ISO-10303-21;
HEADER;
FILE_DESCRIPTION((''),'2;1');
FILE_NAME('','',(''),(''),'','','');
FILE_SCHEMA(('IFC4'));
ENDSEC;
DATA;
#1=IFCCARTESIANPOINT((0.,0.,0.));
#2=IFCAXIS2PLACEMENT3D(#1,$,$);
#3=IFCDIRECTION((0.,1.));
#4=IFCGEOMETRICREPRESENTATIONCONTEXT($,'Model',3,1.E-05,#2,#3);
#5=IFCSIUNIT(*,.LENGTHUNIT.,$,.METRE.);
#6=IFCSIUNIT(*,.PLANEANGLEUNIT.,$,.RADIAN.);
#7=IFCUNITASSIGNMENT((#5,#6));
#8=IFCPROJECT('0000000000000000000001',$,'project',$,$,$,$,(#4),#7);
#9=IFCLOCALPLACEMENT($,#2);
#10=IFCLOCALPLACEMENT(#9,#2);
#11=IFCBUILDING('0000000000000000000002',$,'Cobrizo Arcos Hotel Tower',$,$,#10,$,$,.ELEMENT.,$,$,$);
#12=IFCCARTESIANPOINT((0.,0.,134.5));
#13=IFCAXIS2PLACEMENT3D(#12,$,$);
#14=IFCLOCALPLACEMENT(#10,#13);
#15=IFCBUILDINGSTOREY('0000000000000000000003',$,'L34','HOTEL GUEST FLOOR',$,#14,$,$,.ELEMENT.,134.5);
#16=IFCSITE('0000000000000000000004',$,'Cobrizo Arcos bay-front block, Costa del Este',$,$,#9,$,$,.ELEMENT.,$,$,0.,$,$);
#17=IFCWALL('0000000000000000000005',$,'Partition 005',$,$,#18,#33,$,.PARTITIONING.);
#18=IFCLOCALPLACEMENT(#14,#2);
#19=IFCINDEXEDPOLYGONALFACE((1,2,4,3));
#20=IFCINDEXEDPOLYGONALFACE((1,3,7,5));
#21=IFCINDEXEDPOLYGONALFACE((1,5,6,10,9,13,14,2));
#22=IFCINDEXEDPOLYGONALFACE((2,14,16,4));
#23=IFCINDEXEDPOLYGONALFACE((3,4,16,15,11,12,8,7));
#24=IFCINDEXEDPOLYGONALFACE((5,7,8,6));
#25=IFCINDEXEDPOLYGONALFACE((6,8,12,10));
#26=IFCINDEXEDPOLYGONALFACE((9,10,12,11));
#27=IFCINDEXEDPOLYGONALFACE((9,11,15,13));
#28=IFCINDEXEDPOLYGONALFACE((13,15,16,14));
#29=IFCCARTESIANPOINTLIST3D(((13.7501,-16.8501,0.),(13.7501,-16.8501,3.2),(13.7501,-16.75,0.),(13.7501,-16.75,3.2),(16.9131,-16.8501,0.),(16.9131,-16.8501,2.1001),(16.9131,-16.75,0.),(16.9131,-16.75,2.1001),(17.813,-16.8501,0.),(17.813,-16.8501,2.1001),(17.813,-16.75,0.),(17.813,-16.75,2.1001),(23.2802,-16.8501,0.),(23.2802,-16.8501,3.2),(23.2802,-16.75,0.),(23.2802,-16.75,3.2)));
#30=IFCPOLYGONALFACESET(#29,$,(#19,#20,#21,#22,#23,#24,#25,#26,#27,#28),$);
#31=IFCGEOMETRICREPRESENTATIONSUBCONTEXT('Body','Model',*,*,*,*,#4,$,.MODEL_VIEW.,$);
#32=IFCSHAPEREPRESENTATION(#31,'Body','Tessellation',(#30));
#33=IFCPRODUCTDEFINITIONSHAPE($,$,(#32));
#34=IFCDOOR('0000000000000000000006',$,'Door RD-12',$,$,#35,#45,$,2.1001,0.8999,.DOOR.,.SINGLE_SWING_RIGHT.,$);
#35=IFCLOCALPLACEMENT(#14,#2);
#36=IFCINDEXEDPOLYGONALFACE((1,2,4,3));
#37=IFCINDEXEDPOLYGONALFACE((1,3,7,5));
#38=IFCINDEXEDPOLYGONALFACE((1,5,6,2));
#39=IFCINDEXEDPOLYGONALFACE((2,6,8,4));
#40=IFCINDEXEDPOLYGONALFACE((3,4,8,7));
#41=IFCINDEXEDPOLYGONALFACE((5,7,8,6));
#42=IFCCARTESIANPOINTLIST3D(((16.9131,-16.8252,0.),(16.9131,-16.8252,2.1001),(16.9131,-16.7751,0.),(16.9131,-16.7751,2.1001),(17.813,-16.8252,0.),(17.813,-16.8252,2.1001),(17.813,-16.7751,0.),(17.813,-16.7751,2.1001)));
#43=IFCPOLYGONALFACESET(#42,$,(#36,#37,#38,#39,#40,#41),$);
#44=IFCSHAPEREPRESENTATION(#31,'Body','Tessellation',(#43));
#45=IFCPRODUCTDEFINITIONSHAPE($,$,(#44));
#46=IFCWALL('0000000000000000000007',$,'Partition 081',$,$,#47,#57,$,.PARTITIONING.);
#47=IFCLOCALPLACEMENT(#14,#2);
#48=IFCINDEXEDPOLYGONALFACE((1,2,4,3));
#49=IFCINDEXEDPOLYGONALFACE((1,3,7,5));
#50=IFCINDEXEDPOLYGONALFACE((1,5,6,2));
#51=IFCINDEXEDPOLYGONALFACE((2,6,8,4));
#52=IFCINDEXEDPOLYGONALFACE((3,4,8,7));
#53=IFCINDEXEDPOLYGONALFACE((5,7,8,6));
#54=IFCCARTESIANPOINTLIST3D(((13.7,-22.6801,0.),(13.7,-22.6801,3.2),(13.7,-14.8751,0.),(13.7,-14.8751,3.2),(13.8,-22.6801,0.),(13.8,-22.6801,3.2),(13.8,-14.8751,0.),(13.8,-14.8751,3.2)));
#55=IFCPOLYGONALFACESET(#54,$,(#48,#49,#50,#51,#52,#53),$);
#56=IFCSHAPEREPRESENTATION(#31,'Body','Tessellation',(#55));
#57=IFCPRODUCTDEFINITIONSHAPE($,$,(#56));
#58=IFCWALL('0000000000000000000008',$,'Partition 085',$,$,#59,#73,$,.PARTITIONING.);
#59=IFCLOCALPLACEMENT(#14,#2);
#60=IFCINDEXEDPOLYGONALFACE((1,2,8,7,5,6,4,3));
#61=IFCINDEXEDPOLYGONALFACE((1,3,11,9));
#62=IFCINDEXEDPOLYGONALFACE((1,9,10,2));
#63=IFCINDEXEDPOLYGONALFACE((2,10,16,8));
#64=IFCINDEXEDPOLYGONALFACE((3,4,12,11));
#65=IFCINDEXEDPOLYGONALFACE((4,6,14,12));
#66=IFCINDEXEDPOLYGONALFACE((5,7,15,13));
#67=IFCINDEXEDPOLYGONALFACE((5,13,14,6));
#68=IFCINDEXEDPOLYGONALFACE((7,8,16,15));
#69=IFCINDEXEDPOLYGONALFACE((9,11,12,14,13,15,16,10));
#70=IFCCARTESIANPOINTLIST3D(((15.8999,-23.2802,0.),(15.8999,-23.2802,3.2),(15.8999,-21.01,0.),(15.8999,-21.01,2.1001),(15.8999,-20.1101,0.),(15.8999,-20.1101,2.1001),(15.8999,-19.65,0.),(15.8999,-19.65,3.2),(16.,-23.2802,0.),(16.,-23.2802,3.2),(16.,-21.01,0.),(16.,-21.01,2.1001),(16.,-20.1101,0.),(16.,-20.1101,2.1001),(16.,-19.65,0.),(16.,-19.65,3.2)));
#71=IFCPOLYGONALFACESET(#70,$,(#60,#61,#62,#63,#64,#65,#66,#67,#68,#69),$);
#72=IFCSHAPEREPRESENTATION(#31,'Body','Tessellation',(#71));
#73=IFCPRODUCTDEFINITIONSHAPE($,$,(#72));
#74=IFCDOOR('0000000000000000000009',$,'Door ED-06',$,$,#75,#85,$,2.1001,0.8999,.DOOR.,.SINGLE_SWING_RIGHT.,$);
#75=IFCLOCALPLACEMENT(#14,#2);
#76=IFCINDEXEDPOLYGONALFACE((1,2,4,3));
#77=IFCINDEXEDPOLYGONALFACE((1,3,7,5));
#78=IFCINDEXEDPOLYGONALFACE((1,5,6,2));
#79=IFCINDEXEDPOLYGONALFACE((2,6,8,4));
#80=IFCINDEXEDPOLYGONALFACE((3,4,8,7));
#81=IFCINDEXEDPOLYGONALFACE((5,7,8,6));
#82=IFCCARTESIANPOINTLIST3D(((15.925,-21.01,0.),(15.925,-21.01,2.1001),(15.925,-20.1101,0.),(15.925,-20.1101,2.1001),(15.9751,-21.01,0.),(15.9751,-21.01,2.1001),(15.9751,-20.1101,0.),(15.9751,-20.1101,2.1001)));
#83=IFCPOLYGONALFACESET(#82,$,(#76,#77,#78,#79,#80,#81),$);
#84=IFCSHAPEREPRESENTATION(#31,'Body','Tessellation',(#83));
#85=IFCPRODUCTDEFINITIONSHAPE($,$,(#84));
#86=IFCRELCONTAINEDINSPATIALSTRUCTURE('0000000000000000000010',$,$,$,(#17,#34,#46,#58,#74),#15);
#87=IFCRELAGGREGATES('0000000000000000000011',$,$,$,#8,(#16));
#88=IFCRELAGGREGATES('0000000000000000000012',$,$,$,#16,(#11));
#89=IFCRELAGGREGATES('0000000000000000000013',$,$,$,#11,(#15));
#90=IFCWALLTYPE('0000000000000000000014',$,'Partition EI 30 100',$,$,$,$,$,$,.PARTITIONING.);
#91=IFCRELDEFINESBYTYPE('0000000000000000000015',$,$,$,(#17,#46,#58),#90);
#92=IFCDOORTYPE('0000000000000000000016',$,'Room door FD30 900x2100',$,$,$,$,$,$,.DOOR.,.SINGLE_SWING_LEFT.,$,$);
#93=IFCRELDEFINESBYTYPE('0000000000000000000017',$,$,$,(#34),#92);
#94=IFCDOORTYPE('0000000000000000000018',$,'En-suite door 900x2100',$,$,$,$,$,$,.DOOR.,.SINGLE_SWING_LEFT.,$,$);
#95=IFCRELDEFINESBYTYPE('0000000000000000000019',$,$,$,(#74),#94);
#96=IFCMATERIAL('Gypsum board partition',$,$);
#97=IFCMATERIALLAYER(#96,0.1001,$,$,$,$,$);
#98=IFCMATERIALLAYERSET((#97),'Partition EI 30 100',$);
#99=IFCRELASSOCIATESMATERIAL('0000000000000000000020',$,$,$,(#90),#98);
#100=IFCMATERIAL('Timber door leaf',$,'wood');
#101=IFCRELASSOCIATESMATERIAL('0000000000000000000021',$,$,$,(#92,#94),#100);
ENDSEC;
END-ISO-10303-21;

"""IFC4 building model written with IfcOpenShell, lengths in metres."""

from ifc_helpers import new_model, si_unit, direction, frame, frame_2d, origin, place, context, subcontext, project, spatial, rectangle, extrude, material, layer, layer_set, type_object, element, fill, save


model = new_model("IFC4")

# Units and contexts
model_context = context("Model", 3, precision=1e-05, world=origin(), true_north=direction((0.0, 1.0)))
body_context = subcontext(model_context, "Body", "Model", "MODEL_VIEW")
ifc_project = project(units=[si_unit("LENGTHUNIT", "METRE"), si_unit("PLANEANGLEUNIT", "RADIAN")], contexts=[model_context])

# Site, building, storey
site_placement = place(None, origin())
site = spatial("IfcSite", under=ifc_project, at=site_placement, Name="Cobrizo Arcos bay-front block, Costa del Este", CompositionType="ELEMENT", RefElevation=0.0)
building_placement = place(site_placement, origin())
building = spatial("IfcBuilding", under=site, at=building_placement, Name="Cobrizo Arcos Hotel Tower", CompositionType="ELEMENT")
storey_placement = place(building_placement, frame((0.0, 0.0, 134.5)))
storey = spatial("IfcBuildingStorey", under=building, at=storey_placement, Name="L34", Description="HOTEL GUEST FLOOR", CompositionType="ELEMENT", Elevation=134.5)

# Shared definitions
ifc_material_1 = material(Name="Gypsum board partition")
ifc_material_2 = material(Name="Timber door leaf", Category="wood")

# Shared definitions
ifc_layer_1 = layer(ifc_material_1, 0.1001)
ifc_layer_set_1 = layer_set([ifc_layer_1], Name="Partition EI 30 100")
wall_type_1 = type_object("IfcWallType", Name="Partition EI 30 100", PredefinedType="PARTITIONING", material=ifc_layer_set_1)

# Wall, opening, door
wall_1_placement = place(storey_placement, frame((13.75, -16.8, 0.0), z_axis=(0.0, 0.0, 1.0), x_axis=(1.0, 0.0, 0.0)))
wall_1 = element("IfcWall", 1, at=wall_1_placement, inside=storey, type_object=wall_type_1, Name="Partition 005", PredefinedType="PARTITIONING", context=body_context, shape_type="SweptSolid", body=[
    extrude(rectangle(XDim=9.53, YDim=0.1001, at=frame_2d((4.7651, 0.0))), origin(), (0.0, 0.0, 1.0), 3.2),
])
opening_1_placement = place(wall_1_placement, frame((3.1631, 0.0, 0.0)))
opening_1 = element("IfcOpeningElement", 2, at=opening_1_placement, cuts=wall_1, PredefinedType="OPENING", context=body_context, shape_type="SweptSolid", body=[
    extrude(rectangle(XDim=0.8999, YDim=2.1001, at=frame_2d((0.45, 1.05))), frame((0.0, 0.062, 0.0), z_axis=(0.0, -1.0, 0.0), x_axis=(1.0, 0.0, 0.0)), (0.0, 0.0, 1.0), 0.124),
])
door_type_1 = type_object("IfcDoorType", Name="Room door FD30 900x2100", OperationType="SINGLE_SWING_LEFT", PredefinedType="DOOR", material=ifc_material_2)
door_1_placement = place(opening_1_placement, origin())
door_1 = element("IfcDoor", 3, at=door_1_placement, inside=storey, type_object=door_type_1, Name="Door RD-12", OperationType="SINGLE_SWING_RIGHT", OverallHeight=2.1001, OverallWidth=0.8999, PredefinedType="DOOR", context=body_context, shape_type="SweptSolid", body=[
    extrude(rectangle(XDim=0.8999, YDim=2.1001, at=frame_2d((0.45, 1.05))), frame((0.0, 0.0249, 0.0), z_axis=(0.0, -1.0, 0.0), x_axis=(1.0, 0.0, 0.0)), (0.0, 0.0, 1.0), 0.05),
])
fill(opening_1, door_1)

# Wall
wall_2_placement = place(storey_placement, frame((13.75, -22.6799, 0.0), z_axis=(0.0, 0.0, 1.0), x_axis=(0.0, 1.0, 0.0)))
element("IfcWall", 4, at=wall_2_placement, inside=storey, type_object=wall_type_1, Name="Partition 081", PredefinedType="PARTITIONING", context=body_context, shape_type="SweptSolid", body=[
    extrude(rectangle(XDim=7.8049, YDim=0.1001, at=frame_2d((3.9023, 0.0))), origin(), (0.0, 0.0, 1.0), 3.2),
])

# Wall, opening, door
wall_3_placement = place(storey_placement, frame((15.95, -23.28, 0.0), z_axis=(0.0, 0.0, 1.0), x_axis=(0.0, 1.0, 0.0)))
wall_3 = element("IfcWall", 5, at=wall_3_placement, inside=storey, type_object=wall_type_1, Name="Partition 085", PredefinedType="PARTITIONING", context=body_context, shape_type="SweptSolid", body=[
    extrude(rectangle(XDim=3.6301, YDim=0.1001, at=frame_2d((1.8149, 0.0))), origin(), (0.0, 0.0, 1.0), 3.2),
])
opening_2_placement = place(wall_3_placement, frame((2.27, 0.0, 0.0)))
opening_2 = element("IfcOpeningElement", 6, at=opening_2_placement, cuts=wall_3, PredefinedType="OPENING", context=body_context, shape_type="SweptSolid", body=[
    extrude(rectangle(XDim=0.8999, YDim=2.1001, at=frame_2d((0.45, 1.05))), frame((0.0, 0.062, 0.0), z_axis=(0.0, -1.0, 0.0), x_axis=(1.0, 0.0, 0.0)), (0.0, 0.0, 1.0), 0.124),
])
door_type_2 = type_object("IfcDoorType", Name="En-suite door 900x2100", OperationType="SINGLE_SWING_LEFT", PredefinedType="DOOR", material=ifc_material_2)
door_2_placement = place(opening_2_placement, origin())
door_2 = element("IfcDoor", 7, at=door_2_placement, inside=storey, type_object=door_type_2, Name="Door ED-06", OperationType="SINGLE_SWING_RIGHT", OverallHeight=2.1001, OverallWidth=0.8999, PredefinedType="DOOR", context=body_context, shape_type="SweptSolid", body=[
    extrude(rectangle(XDim=0.8999, YDim=2.1001, at=frame_2d((0.45, 1.05))), frame((0.0, 0.0249, 0.0), z_axis=(0.0, -1.0, 0.0), x_axis=(1.0, 0.0, 0.0)), (0.0, 0.0, 1.0), 0.05),
])
fill(opening_2, door_2)

save(model, "model.ifc")
